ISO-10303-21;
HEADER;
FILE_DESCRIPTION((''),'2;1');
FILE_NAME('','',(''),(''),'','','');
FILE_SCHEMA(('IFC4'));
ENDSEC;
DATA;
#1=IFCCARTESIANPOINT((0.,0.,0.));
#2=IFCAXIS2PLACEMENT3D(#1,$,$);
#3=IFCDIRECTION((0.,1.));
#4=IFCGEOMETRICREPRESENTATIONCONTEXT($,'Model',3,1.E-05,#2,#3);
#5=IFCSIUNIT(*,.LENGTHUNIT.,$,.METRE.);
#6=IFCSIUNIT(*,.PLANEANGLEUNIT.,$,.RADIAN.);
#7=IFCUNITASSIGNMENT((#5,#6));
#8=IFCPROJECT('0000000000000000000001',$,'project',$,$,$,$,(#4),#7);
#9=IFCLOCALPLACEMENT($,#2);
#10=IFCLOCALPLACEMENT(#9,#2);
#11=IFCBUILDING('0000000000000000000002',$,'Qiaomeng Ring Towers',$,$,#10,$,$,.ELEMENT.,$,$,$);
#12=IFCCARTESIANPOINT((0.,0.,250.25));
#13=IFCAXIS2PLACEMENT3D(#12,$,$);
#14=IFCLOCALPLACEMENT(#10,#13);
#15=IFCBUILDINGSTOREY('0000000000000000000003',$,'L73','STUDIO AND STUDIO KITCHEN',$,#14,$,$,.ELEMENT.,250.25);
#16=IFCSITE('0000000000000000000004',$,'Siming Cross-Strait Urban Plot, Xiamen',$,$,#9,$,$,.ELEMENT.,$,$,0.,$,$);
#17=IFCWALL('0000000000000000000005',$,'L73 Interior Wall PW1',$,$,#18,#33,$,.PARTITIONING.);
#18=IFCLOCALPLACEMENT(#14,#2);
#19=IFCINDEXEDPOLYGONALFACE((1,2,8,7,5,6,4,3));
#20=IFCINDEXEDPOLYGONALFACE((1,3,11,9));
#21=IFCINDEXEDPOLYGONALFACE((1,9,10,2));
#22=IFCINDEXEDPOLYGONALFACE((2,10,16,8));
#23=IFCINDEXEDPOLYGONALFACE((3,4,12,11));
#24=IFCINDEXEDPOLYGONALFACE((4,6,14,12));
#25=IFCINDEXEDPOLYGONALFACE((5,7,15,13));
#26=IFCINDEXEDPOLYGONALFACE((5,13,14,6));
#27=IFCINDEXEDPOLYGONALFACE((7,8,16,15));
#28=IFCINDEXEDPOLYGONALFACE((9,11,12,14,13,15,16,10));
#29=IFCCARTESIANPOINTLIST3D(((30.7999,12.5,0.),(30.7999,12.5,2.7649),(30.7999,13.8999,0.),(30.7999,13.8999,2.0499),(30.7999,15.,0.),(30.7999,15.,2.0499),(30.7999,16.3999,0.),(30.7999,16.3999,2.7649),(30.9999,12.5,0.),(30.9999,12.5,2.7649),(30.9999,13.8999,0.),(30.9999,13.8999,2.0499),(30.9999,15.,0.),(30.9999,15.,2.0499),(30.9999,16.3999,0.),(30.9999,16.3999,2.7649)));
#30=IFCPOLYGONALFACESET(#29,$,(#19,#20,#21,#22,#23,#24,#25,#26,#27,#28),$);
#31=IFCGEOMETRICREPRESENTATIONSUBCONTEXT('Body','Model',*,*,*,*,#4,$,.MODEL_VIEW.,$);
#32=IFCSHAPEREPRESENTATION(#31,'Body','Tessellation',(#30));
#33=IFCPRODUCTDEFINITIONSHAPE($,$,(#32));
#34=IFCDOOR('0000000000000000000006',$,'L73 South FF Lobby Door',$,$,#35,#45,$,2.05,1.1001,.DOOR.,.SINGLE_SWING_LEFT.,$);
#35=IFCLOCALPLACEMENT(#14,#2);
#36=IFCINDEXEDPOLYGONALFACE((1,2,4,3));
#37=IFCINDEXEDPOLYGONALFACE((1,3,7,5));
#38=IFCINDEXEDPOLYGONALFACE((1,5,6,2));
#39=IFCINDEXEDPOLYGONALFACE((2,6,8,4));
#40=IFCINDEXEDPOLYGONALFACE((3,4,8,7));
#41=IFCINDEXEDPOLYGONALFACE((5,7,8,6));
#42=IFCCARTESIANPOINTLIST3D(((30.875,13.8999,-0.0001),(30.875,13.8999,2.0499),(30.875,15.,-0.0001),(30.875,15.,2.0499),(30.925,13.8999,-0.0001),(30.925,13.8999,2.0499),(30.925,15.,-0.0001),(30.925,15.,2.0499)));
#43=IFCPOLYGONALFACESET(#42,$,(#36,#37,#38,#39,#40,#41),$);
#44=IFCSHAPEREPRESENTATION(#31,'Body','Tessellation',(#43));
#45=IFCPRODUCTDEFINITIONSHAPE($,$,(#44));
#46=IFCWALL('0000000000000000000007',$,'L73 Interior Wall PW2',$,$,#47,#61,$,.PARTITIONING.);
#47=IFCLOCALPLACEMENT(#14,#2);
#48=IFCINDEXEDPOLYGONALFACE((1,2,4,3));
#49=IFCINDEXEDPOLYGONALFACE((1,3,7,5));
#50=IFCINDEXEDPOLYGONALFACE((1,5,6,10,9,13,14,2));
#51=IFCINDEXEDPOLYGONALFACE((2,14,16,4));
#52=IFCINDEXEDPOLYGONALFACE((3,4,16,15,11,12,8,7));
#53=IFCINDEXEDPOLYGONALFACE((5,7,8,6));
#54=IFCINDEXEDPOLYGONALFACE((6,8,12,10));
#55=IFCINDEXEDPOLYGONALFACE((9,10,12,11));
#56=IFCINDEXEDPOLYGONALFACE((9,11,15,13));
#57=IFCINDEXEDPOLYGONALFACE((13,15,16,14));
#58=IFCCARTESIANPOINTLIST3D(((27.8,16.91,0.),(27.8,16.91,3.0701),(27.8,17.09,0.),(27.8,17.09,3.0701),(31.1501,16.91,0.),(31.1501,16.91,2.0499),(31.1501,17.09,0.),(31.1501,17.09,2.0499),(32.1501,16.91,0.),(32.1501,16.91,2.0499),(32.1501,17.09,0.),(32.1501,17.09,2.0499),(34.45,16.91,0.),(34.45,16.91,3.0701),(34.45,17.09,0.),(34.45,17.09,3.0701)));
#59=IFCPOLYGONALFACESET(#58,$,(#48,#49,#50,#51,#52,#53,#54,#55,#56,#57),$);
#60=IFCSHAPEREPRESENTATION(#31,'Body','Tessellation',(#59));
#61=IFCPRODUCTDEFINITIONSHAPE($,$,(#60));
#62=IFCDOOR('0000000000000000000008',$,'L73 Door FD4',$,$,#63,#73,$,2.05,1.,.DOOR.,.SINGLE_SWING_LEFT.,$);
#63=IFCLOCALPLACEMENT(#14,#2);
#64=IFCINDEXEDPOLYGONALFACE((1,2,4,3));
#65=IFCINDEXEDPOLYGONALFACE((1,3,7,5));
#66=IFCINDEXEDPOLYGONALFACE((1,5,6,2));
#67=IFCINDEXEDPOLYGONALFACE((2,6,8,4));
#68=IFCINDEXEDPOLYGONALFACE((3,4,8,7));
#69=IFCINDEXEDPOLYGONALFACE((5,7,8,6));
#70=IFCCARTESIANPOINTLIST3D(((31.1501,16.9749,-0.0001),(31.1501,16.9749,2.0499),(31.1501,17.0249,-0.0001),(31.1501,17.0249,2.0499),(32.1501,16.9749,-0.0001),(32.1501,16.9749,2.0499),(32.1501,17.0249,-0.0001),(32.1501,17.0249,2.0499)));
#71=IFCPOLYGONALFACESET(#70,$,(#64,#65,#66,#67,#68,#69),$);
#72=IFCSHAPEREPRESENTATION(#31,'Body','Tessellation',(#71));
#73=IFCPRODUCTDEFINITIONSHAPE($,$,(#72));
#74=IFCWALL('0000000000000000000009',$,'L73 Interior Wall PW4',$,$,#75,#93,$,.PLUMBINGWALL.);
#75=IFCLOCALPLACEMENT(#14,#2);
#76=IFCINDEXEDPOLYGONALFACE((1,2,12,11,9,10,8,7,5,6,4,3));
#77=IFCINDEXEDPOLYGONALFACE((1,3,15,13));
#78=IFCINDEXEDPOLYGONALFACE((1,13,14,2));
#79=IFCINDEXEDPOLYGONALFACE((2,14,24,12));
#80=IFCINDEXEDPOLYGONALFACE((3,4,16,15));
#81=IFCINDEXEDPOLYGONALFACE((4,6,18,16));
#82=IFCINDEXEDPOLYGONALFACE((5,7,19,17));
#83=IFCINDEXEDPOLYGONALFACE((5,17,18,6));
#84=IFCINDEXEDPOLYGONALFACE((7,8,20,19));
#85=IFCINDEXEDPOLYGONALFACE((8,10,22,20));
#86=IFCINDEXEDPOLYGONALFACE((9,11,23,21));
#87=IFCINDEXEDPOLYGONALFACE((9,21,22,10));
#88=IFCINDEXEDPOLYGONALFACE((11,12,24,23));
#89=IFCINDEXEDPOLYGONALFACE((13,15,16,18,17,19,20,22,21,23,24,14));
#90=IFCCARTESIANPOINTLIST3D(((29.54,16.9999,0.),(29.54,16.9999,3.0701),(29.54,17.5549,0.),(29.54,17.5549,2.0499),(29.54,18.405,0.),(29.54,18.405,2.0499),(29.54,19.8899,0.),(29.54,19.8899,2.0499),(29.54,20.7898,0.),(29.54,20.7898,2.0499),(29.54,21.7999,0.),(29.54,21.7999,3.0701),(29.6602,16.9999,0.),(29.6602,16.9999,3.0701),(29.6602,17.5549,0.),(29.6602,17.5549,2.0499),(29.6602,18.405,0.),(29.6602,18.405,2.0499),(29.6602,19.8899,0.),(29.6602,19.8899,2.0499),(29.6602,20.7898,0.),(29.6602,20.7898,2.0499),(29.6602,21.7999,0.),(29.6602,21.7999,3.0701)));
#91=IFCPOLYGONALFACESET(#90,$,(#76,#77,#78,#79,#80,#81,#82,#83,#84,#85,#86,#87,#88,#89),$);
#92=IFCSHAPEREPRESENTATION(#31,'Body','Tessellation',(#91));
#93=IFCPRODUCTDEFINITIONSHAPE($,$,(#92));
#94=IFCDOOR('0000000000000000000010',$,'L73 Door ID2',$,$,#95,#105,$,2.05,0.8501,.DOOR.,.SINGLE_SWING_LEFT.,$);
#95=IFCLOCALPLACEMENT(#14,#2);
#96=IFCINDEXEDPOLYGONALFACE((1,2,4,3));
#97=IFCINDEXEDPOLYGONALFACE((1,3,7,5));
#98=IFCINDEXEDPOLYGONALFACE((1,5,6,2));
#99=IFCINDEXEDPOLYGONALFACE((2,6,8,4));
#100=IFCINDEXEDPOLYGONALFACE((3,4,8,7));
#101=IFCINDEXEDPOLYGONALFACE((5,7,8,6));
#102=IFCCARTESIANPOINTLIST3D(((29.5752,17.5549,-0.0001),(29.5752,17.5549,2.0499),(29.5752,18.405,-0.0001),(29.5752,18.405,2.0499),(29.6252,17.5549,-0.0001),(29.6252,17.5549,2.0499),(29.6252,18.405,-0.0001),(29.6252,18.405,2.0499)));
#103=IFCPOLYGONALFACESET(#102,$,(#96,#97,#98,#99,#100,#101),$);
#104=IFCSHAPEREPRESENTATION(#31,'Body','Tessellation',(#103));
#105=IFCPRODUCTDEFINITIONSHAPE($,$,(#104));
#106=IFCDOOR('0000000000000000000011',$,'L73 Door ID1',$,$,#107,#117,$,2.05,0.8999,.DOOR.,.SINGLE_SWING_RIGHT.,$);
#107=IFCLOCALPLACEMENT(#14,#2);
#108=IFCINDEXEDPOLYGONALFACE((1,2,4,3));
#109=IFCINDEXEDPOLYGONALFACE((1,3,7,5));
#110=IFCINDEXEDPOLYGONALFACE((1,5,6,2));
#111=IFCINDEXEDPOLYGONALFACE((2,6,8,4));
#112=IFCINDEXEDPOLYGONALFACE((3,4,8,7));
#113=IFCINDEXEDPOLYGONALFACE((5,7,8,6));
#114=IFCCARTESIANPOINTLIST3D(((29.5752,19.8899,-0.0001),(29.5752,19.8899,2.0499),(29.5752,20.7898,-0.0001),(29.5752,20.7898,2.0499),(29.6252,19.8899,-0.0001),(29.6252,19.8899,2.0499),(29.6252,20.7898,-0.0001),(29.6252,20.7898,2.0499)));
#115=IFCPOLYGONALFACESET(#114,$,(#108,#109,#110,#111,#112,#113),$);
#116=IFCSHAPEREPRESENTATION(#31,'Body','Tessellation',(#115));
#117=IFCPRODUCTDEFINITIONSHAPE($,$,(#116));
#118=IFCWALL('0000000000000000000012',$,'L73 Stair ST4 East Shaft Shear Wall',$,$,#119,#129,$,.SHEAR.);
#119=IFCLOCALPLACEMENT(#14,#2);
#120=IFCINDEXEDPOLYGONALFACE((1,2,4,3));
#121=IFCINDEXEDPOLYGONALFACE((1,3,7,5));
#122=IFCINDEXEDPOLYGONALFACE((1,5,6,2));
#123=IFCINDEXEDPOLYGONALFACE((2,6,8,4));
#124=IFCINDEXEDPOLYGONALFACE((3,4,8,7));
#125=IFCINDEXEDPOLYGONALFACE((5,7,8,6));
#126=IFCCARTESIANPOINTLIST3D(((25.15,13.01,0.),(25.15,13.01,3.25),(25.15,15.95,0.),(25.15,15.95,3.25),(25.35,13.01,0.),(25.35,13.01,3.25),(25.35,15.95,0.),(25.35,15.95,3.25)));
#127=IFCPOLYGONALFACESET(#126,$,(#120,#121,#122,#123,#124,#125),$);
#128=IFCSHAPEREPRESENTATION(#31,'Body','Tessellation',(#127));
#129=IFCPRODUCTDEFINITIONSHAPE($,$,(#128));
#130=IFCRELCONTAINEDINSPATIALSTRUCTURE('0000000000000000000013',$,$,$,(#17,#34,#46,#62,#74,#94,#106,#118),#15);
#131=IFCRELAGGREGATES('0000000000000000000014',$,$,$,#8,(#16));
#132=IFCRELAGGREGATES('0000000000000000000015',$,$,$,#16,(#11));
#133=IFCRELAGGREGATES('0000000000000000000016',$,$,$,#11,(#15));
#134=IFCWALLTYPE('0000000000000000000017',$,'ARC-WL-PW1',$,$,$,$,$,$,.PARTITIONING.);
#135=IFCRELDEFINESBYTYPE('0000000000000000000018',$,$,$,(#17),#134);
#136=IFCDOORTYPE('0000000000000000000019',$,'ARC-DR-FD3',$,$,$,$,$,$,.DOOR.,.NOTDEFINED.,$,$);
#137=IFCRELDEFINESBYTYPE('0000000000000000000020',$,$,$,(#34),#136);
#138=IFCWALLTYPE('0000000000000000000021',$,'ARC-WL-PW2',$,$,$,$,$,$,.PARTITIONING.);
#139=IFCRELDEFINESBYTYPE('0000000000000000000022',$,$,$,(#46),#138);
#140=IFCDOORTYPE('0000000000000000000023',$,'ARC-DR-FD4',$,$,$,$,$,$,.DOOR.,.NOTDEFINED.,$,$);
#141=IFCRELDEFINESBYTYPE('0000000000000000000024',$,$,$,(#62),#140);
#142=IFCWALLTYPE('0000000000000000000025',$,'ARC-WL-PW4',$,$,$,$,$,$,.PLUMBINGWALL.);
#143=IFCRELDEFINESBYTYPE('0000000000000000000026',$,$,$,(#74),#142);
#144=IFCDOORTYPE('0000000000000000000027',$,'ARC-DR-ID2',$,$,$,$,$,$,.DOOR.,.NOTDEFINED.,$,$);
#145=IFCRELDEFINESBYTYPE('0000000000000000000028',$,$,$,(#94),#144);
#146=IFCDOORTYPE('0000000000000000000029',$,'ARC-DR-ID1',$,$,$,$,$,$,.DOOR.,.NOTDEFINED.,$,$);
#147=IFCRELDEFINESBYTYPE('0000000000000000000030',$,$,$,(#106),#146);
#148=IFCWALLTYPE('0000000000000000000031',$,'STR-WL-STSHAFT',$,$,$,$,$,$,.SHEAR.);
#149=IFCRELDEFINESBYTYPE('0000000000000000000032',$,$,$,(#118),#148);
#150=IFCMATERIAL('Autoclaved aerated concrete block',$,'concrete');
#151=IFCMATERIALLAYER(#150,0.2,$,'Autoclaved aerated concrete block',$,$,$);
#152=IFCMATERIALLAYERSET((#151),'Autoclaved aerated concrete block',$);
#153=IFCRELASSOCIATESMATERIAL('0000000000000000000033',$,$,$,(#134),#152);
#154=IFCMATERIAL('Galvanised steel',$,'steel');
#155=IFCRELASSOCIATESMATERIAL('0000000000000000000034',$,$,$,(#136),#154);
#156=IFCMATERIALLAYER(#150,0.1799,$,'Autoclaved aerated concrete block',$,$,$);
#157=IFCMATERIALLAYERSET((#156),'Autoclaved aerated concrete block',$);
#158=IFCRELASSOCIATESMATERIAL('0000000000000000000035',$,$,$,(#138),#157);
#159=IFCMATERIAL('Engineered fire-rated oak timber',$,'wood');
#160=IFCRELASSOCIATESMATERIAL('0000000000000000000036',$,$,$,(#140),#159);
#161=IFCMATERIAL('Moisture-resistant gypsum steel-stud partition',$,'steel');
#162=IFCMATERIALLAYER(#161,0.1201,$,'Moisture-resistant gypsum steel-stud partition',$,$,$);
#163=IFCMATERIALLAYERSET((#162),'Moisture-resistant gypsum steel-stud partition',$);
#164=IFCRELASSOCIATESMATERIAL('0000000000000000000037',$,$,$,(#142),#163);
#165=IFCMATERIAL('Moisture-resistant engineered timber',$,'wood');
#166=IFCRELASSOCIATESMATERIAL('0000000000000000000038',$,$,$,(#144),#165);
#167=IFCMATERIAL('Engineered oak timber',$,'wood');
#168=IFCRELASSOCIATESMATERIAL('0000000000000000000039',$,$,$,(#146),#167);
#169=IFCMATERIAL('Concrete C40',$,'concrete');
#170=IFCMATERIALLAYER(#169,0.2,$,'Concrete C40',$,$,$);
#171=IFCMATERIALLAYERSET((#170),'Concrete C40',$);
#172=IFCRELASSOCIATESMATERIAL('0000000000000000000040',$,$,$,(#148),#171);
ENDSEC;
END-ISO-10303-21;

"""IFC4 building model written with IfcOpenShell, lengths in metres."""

from ifc_helpers import new_model, si_unit, direction, frame, frame_2d, origin, place, context, subcontext, project, spatial, rectangle, extrude, source, transform, mapped, material, layer, layer_set, type_object, element, fill, save


model = new_model("IFC4")

# Units and contexts
model_context = context("Model", 3, precision=1e-05, world=origin(), true_north=direction((0.0, 1.0)))
body_context = subcontext(model_context, "Body", "Model", "MODEL_VIEW")
ifc_project = project(units=[si_unit("LENGTHUNIT", "METRE"), si_unit("PLANEANGLEUNIT", "RADIAN")], contexts=[model_context])

# Site, building, storey
site_placement = place(None, origin())
site = spatial("IfcSite", under=ifc_project, at=site_placement, Name="Siming Cross-Strait Urban Plot, Xiamen", CompositionType="ELEMENT", RefElevation=0.0)
building_placement = place(site_placement, origin())
building = spatial("IfcBuilding", under=site, at=building_placement, Name="Qiaomeng Ring Towers", CompositionType="ELEMENT")
storey_placement = place(building_placement, frame((0.0, 0.0, 250.25)))
storey = spatial("IfcBuildingStorey", under=building, at=storey_placement, Name="L73", Description="STUDIO AND STUDIO KITCHEN", CompositionType="ELEMENT", Elevation=250.25)

# Shared definitions
ifc_material_1 = material(Name="Concrete C40", Category="concrete")

# Shared definitions
ifc_material_2 = material(Name="Autoclaved aerated concrete block", Category="concrete")
ifc_layer_1 = layer(ifc_material_2, 0.2, Name="Autoclaved aerated concrete block")
ifc_layer_set_1 = layer_set([ifc_layer_1], Name="Autoclaved aerated concrete block")
wall_type_1 = type_object("IfcWallType", Name="ARC-WL-PW1", PredefinedType="PARTITIONING", material=ifc_layer_set_1)

# Walls, openings, doors
wall_1_placement = place(storey_placement, frame((30.8999, 12.5, 0.0), z_axis=(0.0, 0.0, 1.0), x_axis=(0.0, 1.0, 0.0)))
wall_1 = element("IfcWall", 1, at=wall_1_placement, inside=storey, type_object=wall_type_1, Name="L73 Interior Wall PW1", PredefinedType="PARTITIONING", context=body_context, shape_type="SweptSolid", body=[
    extrude(rectangle(XDim=3.8999, YDim=0.2, at=frame_2d((1.95, 0.0))), origin(), (0.0, 0.0, 1.0), 2.7649),
])
opening_1_placement = place(wall_1_placement, frame((1.3999, 0.0, 0.0)))
opening_1 = element("IfcOpeningElement", 2, at=opening_1_placement, cuts=wall_1, PredefinedType="OPENING", context=body_context, shape_type="SweptSolid", body=[
    extrude(rectangle(XDim=1.1001, YDim=2.05, at=frame_2d((0.55, 1.0249))), frame((0.0, 0.1099, 0.0), z_axis=(0.0, -1.0, 0.0), x_axis=(1.0, 0.0, 0.0)), (0.0, 0.0, 1.0), 0.22),
])
ifc_material_3 = material(Name="Galvanised steel", Category="steel")
door_type_1 = type_object("IfcDoorType", Name="ARC-DR-FD3", OperationType="NOTDEFINED", PredefinedType="DOOR", material=ifc_material_3)
shared_shape_1 = source(origin(), body_context, "Body", "SweptSolid", [
    extrude(rectangle(XDim=1.1001, YDim=2.05, at=frame_2d((0.55, 1.0249))), frame((0.0, 0.0249, 0.0), z_axis=(0.0, -1.0, 0.0), x_axis=(1.0, 0.0, 0.0)), (0.0, 0.0, 1.0), 0.05),
])
door_1_placement = place(opening_1_placement, origin())
door_1 = element("IfcDoor", 3, at=door_1_placement, inside=storey, type_object=door_type_1, Name="L73 South FF Lobby Door", OperationType="SINGLE_SWING_LEFT", OverallHeight=2.05, OverallWidth=1.1001, PredefinedType="DOOR", context=body_context, shape_type="MappedRepresentation", body=[
    mapped(shared_shape_1, transform((0.0, 0.0, 0.0), x_axis=(1.0, 0.0, 0.0), y_axis=(0.0, 1.0, 0.0), z_axis=(0.0, 0.0, 1.0), scale=1.0)),
])
fill(opening_1, door_1)
ifc_layer_2 = layer(ifc_material_2, 0.1799, Name="Autoclaved aerated concrete block")
ifc_layer_set_2 = layer_set([ifc_layer_2], Name="Autoclaved aerated concrete block")
wall_type_2 = type_object("IfcWallType", Name="ARC-WL-PW2", PredefinedType="PARTITIONING", material=ifc_layer_set_2)
wall_2_placement = place(storey_placement, frame((27.8, 17.0, 0.0), z_axis=(0.0, 0.0, 1.0), x_axis=(1.0, 0.0, 0.0)))
wall_2 = element("IfcWall", 4, at=wall_2_placement, inside=storey, type_object=wall_type_2, Name="L73 Interior Wall PW2", PredefinedType="PARTITIONING", context=body_context, shape_type="SweptSolid", body=[
    extrude(rectangle(XDim=6.6499, YDim=0.1799, at=frame_2d((3.325, 0.0))), origin(), (0.0, 0.0, 1.0), 3.0701),
])
opening_2_placement = place(wall_2_placement, frame((3.3501, 0.0, 0.0)))
opening_2 = element("IfcOpeningElement", 5, at=opening_2_placement, cuts=wall_2, PredefinedType="OPENING", context=body_context, shape_type="SweptSolid", body=[
    extrude(rectangle(XDim=1.0, YDim=2.05, at=frame_2d((0.5, 1.0249))), frame((0.0, 0.0999, 0.0), z_axis=(0.0, -1.0, 0.0), x_axis=(1.0, 0.0, 0.0)), (0.0, 0.0, 1.0), 0.2),
])
ifc_material_4 = material(Name="Engineered fire-rated oak timber", Category="wood")
door_type_2 = type_object("IfcDoorType", Name="ARC-DR-FD4", OperationType="NOTDEFINED", PredefinedType="DOOR", material=ifc_material_4)
shared_shape_2 = source(origin(), body_context, "Body", "SweptSolid", [
    extrude(rectangle(XDim=1.0, YDim=2.05, at=frame_2d((0.5, 1.0249))), frame((0.0, 0.0249, 0.0), z_axis=(0.0, -1.0, 0.0), x_axis=(1.0, 0.0, 0.0)), (0.0, 0.0, 1.0), 0.05),
])
door_2_placement = place(opening_2_placement, origin())
door_2 = element("IfcDoor", 6, at=door_2_placement, inside=storey, type_object=door_type_2, Name="L73 Door FD4", OperationType="SINGLE_SWING_LEFT", OverallHeight=2.05, OverallWidth=1.0, PredefinedType="DOOR", context=body_context, shape_type="MappedRepresentation", body=[
    mapped(shared_shape_2, transform((0.0, 0.0, 0.0), x_axis=(1.0, 0.0, 0.0), y_axis=(0.0, 1.0, 0.0), z_axis=(0.0, 0.0, 1.0), scale=1.0)),
])
fill(opening_2, door_2)

# Wall, openings, doors
ifc_material_5 = material(Name="Moisture-resistant gypsum steel-stud partition", Category="steel")
ifc_layer_3 = layer(ifc_material_5, 0.1201, Name="Moisture-resistant gypsum steel-stud partition")
ifc_layer_set_3 = layer_set([ifc_layer_3], Name="Moisture-resistant gypsum steel-stud partition")
wall_type_3 = type_object("IfcWallType", Name="ARC-WL-PW4", PredefinedType="PLUMBINGWALL", material=ifc_layer_set_3)
wall_3_placement = place(storey_placement, frame((29.6001, 17.0, 0.0), z_axis=(0.0, 0.0, 1.0), x_axis=(0.0, 1.0, 0.0)))
wall_3 = element("IfcWall", 7, at=wall_3_placement, inside=storey, type_object=wall_type_3, Name="L73 Interior Wall PW4", PredefinedType="PLUMBINGWALL", context=body_context, shape_type="SweptSolid", body=[
    extrude(rectangle(XDim=4.8, YDim=0.1201, at=frame_2d((2.3999, 0.0))), origin(), (0.0, 0.0, 1.0), 3.0701),
])
opening_3_placement = place(wall_3_placement, frame((0.5549, 0.0, 0.0)))
opening_3 = element("IfcOpeningElement", 8, at=opening_3_placement, cuts=wall_3, PredefinedType="OPENING", context=body_context, shape_type="SweptSolid", body=[
    extrude(rectangle(XDim=0.8501, YDim=2.05, at=frame_2d((0.425, 1.0249))), frame((0.0, 0.0701, 0.0), z_axis=(0.0, -1.0, 0.0), x_axis=(1.0, 0.0, 0.0)), (0.0, 0.0, 1.0), 0.1401),
])
opening_4_placement = place(wall_3_placement, frame((2.8899, 0.0, 0.0)))
opening_4 = element("IfcOpeningElement", 9, at=opening_4_placement, cuts=wall_3, PredefinedType="OPENING", context=body_context, shape_type="SweptSolid", body=[
    extrude(rectangle(XDim=0.8999, YDim=2.05, at=frame_2d((0.45, 1.0249))), frame((0.0, 0.0701, 0.0), z_axis=(0.0, -1.0, 0.0), x_axis=(1.0, 0.0, 0.0)), (0.0, 0.0, 1.0), 0.1401),
])
ifc_material_6 = material(Name="Moisture-resistant engineered timber", Category="wood")
door_type_3 = type_object("IfcDoorType", Name="ARC-DR-ID2", OperationType="NOTDEFINED", PredefinedType="DOOR", material=ifc_material_6)
shared_shape_3 = source(origin(), body_context, "Body", "SweptSolid", [
    extrude(rectangle(XDim=0.8501, YDim=2.05, at=frame_2d((0.425, 1.0249))), frame((0.0, 0.0249, 0.0), z_axis=(0.0, -1.0, 0.0), x_axis=(1.0, 0.0, 0.0)), (0.0, 0.0, 1.0), 0.05),
])
door_3_placement = place(opening_3_placement, origin())
door_3 = element("IfcDoor", 10, at=door_3_placement, inside=storey, type_object=door_type_3, Name="L73 Door ID2", OperationType="SINGLE_SWING_LEFT", OverallHeight=2.05, OverallWidth=0.8501, PredefinedType="DOOR", context=body_context, shape_type="MappedRepresentation", body=[
    mapped(shared_shape_3, transform((0.0, 0.0, 0.0), x_axis=(1.0, 0.0, 0.0), y_axis=(0.0, 1.0, 0.0), z_axis=(0.0, 0.0, 1.0), scale=1.0)),
])
fill(opening_3, door_3)
ifc_material_7 = material(Name="Engineered oak timber", Category="wood")
door_type_4 = type_object("IfcDoorType", Name="ARC-DR-ID1", OperationType="NOTDEFINED", PredefinedType="DOOR", material=ifc_material_7)
shared_shape_4 = source(origin(), body_context, "Body", "SweptSolid", [
    extrude(rectangle(XDim=0.8999, YDim=2.05, at=frame_2d((0.45, 1.0249))), frame((0.0, 0.0249, 0.0), z_axis=(0.0, -1.0, 0.0), x_axis=(1.0, 0.0, 0.0)), (0.0, 0.0, 1.0), 0.05),
])
door_4_placement = place(opening_4_placement, origin())
door_4 = element("IfcDoor", 11, at=door_4_placement, inside=storey, type_object=door_type_4, Name="L73 Door ID1", OperationType="SINGLE_SWING_RIGHT", OverallHeight=2.05, OverallWidth=0.8999, PredefinedType="DOOR", context=body_context, shape_type="MappedRepresentation", body=[
    mapped(shared_shape_4, transform((0.0, 0.0, 0.0), x_axis=(1.0, 0.0, 0.0), y_axis=(0.0, 1.0, 0.0), z_axis=(0.0, 0.0, 1.0), scale=1.0)),
])
fill(opening_4, door_4)

# Wall
ifc_layer_4 = layer(ifc_material_1, 0.2, Name="Concrete C40")
ifc_layer_set_4 = layer_set([ifc_layer_4], Name="Concrete C40")
wall_type_4 = type_object("IfcWallType", Name="STR-WL-STSHAFT", PredefinedType="SHEAR", material=ifc_layer_set_4)
wall_4_placement = place(storey_placement, frame((25.25, 13.01, 0.0), z_axis=(0.0, 0.0, 1.0), x_axis=(0.0, 1.0, 0.0)))
element("IfcWall", 12, at=wall_4_placement, inside=storey, type_object=wall_type_4, Name="L73 Stair ST4 East Shaft Shear Wall", PredefinedType="SHEAR", context=body_context, shape_type="SweptSolid", body=[
    extrude(rectangle(XDim=2.9399, YDim=0.2, at=frame_2d((1.47, 0.0))), origin(), (0.0, 0.0, 1.0), 3.25),
])

save(model, "model.ifc")
